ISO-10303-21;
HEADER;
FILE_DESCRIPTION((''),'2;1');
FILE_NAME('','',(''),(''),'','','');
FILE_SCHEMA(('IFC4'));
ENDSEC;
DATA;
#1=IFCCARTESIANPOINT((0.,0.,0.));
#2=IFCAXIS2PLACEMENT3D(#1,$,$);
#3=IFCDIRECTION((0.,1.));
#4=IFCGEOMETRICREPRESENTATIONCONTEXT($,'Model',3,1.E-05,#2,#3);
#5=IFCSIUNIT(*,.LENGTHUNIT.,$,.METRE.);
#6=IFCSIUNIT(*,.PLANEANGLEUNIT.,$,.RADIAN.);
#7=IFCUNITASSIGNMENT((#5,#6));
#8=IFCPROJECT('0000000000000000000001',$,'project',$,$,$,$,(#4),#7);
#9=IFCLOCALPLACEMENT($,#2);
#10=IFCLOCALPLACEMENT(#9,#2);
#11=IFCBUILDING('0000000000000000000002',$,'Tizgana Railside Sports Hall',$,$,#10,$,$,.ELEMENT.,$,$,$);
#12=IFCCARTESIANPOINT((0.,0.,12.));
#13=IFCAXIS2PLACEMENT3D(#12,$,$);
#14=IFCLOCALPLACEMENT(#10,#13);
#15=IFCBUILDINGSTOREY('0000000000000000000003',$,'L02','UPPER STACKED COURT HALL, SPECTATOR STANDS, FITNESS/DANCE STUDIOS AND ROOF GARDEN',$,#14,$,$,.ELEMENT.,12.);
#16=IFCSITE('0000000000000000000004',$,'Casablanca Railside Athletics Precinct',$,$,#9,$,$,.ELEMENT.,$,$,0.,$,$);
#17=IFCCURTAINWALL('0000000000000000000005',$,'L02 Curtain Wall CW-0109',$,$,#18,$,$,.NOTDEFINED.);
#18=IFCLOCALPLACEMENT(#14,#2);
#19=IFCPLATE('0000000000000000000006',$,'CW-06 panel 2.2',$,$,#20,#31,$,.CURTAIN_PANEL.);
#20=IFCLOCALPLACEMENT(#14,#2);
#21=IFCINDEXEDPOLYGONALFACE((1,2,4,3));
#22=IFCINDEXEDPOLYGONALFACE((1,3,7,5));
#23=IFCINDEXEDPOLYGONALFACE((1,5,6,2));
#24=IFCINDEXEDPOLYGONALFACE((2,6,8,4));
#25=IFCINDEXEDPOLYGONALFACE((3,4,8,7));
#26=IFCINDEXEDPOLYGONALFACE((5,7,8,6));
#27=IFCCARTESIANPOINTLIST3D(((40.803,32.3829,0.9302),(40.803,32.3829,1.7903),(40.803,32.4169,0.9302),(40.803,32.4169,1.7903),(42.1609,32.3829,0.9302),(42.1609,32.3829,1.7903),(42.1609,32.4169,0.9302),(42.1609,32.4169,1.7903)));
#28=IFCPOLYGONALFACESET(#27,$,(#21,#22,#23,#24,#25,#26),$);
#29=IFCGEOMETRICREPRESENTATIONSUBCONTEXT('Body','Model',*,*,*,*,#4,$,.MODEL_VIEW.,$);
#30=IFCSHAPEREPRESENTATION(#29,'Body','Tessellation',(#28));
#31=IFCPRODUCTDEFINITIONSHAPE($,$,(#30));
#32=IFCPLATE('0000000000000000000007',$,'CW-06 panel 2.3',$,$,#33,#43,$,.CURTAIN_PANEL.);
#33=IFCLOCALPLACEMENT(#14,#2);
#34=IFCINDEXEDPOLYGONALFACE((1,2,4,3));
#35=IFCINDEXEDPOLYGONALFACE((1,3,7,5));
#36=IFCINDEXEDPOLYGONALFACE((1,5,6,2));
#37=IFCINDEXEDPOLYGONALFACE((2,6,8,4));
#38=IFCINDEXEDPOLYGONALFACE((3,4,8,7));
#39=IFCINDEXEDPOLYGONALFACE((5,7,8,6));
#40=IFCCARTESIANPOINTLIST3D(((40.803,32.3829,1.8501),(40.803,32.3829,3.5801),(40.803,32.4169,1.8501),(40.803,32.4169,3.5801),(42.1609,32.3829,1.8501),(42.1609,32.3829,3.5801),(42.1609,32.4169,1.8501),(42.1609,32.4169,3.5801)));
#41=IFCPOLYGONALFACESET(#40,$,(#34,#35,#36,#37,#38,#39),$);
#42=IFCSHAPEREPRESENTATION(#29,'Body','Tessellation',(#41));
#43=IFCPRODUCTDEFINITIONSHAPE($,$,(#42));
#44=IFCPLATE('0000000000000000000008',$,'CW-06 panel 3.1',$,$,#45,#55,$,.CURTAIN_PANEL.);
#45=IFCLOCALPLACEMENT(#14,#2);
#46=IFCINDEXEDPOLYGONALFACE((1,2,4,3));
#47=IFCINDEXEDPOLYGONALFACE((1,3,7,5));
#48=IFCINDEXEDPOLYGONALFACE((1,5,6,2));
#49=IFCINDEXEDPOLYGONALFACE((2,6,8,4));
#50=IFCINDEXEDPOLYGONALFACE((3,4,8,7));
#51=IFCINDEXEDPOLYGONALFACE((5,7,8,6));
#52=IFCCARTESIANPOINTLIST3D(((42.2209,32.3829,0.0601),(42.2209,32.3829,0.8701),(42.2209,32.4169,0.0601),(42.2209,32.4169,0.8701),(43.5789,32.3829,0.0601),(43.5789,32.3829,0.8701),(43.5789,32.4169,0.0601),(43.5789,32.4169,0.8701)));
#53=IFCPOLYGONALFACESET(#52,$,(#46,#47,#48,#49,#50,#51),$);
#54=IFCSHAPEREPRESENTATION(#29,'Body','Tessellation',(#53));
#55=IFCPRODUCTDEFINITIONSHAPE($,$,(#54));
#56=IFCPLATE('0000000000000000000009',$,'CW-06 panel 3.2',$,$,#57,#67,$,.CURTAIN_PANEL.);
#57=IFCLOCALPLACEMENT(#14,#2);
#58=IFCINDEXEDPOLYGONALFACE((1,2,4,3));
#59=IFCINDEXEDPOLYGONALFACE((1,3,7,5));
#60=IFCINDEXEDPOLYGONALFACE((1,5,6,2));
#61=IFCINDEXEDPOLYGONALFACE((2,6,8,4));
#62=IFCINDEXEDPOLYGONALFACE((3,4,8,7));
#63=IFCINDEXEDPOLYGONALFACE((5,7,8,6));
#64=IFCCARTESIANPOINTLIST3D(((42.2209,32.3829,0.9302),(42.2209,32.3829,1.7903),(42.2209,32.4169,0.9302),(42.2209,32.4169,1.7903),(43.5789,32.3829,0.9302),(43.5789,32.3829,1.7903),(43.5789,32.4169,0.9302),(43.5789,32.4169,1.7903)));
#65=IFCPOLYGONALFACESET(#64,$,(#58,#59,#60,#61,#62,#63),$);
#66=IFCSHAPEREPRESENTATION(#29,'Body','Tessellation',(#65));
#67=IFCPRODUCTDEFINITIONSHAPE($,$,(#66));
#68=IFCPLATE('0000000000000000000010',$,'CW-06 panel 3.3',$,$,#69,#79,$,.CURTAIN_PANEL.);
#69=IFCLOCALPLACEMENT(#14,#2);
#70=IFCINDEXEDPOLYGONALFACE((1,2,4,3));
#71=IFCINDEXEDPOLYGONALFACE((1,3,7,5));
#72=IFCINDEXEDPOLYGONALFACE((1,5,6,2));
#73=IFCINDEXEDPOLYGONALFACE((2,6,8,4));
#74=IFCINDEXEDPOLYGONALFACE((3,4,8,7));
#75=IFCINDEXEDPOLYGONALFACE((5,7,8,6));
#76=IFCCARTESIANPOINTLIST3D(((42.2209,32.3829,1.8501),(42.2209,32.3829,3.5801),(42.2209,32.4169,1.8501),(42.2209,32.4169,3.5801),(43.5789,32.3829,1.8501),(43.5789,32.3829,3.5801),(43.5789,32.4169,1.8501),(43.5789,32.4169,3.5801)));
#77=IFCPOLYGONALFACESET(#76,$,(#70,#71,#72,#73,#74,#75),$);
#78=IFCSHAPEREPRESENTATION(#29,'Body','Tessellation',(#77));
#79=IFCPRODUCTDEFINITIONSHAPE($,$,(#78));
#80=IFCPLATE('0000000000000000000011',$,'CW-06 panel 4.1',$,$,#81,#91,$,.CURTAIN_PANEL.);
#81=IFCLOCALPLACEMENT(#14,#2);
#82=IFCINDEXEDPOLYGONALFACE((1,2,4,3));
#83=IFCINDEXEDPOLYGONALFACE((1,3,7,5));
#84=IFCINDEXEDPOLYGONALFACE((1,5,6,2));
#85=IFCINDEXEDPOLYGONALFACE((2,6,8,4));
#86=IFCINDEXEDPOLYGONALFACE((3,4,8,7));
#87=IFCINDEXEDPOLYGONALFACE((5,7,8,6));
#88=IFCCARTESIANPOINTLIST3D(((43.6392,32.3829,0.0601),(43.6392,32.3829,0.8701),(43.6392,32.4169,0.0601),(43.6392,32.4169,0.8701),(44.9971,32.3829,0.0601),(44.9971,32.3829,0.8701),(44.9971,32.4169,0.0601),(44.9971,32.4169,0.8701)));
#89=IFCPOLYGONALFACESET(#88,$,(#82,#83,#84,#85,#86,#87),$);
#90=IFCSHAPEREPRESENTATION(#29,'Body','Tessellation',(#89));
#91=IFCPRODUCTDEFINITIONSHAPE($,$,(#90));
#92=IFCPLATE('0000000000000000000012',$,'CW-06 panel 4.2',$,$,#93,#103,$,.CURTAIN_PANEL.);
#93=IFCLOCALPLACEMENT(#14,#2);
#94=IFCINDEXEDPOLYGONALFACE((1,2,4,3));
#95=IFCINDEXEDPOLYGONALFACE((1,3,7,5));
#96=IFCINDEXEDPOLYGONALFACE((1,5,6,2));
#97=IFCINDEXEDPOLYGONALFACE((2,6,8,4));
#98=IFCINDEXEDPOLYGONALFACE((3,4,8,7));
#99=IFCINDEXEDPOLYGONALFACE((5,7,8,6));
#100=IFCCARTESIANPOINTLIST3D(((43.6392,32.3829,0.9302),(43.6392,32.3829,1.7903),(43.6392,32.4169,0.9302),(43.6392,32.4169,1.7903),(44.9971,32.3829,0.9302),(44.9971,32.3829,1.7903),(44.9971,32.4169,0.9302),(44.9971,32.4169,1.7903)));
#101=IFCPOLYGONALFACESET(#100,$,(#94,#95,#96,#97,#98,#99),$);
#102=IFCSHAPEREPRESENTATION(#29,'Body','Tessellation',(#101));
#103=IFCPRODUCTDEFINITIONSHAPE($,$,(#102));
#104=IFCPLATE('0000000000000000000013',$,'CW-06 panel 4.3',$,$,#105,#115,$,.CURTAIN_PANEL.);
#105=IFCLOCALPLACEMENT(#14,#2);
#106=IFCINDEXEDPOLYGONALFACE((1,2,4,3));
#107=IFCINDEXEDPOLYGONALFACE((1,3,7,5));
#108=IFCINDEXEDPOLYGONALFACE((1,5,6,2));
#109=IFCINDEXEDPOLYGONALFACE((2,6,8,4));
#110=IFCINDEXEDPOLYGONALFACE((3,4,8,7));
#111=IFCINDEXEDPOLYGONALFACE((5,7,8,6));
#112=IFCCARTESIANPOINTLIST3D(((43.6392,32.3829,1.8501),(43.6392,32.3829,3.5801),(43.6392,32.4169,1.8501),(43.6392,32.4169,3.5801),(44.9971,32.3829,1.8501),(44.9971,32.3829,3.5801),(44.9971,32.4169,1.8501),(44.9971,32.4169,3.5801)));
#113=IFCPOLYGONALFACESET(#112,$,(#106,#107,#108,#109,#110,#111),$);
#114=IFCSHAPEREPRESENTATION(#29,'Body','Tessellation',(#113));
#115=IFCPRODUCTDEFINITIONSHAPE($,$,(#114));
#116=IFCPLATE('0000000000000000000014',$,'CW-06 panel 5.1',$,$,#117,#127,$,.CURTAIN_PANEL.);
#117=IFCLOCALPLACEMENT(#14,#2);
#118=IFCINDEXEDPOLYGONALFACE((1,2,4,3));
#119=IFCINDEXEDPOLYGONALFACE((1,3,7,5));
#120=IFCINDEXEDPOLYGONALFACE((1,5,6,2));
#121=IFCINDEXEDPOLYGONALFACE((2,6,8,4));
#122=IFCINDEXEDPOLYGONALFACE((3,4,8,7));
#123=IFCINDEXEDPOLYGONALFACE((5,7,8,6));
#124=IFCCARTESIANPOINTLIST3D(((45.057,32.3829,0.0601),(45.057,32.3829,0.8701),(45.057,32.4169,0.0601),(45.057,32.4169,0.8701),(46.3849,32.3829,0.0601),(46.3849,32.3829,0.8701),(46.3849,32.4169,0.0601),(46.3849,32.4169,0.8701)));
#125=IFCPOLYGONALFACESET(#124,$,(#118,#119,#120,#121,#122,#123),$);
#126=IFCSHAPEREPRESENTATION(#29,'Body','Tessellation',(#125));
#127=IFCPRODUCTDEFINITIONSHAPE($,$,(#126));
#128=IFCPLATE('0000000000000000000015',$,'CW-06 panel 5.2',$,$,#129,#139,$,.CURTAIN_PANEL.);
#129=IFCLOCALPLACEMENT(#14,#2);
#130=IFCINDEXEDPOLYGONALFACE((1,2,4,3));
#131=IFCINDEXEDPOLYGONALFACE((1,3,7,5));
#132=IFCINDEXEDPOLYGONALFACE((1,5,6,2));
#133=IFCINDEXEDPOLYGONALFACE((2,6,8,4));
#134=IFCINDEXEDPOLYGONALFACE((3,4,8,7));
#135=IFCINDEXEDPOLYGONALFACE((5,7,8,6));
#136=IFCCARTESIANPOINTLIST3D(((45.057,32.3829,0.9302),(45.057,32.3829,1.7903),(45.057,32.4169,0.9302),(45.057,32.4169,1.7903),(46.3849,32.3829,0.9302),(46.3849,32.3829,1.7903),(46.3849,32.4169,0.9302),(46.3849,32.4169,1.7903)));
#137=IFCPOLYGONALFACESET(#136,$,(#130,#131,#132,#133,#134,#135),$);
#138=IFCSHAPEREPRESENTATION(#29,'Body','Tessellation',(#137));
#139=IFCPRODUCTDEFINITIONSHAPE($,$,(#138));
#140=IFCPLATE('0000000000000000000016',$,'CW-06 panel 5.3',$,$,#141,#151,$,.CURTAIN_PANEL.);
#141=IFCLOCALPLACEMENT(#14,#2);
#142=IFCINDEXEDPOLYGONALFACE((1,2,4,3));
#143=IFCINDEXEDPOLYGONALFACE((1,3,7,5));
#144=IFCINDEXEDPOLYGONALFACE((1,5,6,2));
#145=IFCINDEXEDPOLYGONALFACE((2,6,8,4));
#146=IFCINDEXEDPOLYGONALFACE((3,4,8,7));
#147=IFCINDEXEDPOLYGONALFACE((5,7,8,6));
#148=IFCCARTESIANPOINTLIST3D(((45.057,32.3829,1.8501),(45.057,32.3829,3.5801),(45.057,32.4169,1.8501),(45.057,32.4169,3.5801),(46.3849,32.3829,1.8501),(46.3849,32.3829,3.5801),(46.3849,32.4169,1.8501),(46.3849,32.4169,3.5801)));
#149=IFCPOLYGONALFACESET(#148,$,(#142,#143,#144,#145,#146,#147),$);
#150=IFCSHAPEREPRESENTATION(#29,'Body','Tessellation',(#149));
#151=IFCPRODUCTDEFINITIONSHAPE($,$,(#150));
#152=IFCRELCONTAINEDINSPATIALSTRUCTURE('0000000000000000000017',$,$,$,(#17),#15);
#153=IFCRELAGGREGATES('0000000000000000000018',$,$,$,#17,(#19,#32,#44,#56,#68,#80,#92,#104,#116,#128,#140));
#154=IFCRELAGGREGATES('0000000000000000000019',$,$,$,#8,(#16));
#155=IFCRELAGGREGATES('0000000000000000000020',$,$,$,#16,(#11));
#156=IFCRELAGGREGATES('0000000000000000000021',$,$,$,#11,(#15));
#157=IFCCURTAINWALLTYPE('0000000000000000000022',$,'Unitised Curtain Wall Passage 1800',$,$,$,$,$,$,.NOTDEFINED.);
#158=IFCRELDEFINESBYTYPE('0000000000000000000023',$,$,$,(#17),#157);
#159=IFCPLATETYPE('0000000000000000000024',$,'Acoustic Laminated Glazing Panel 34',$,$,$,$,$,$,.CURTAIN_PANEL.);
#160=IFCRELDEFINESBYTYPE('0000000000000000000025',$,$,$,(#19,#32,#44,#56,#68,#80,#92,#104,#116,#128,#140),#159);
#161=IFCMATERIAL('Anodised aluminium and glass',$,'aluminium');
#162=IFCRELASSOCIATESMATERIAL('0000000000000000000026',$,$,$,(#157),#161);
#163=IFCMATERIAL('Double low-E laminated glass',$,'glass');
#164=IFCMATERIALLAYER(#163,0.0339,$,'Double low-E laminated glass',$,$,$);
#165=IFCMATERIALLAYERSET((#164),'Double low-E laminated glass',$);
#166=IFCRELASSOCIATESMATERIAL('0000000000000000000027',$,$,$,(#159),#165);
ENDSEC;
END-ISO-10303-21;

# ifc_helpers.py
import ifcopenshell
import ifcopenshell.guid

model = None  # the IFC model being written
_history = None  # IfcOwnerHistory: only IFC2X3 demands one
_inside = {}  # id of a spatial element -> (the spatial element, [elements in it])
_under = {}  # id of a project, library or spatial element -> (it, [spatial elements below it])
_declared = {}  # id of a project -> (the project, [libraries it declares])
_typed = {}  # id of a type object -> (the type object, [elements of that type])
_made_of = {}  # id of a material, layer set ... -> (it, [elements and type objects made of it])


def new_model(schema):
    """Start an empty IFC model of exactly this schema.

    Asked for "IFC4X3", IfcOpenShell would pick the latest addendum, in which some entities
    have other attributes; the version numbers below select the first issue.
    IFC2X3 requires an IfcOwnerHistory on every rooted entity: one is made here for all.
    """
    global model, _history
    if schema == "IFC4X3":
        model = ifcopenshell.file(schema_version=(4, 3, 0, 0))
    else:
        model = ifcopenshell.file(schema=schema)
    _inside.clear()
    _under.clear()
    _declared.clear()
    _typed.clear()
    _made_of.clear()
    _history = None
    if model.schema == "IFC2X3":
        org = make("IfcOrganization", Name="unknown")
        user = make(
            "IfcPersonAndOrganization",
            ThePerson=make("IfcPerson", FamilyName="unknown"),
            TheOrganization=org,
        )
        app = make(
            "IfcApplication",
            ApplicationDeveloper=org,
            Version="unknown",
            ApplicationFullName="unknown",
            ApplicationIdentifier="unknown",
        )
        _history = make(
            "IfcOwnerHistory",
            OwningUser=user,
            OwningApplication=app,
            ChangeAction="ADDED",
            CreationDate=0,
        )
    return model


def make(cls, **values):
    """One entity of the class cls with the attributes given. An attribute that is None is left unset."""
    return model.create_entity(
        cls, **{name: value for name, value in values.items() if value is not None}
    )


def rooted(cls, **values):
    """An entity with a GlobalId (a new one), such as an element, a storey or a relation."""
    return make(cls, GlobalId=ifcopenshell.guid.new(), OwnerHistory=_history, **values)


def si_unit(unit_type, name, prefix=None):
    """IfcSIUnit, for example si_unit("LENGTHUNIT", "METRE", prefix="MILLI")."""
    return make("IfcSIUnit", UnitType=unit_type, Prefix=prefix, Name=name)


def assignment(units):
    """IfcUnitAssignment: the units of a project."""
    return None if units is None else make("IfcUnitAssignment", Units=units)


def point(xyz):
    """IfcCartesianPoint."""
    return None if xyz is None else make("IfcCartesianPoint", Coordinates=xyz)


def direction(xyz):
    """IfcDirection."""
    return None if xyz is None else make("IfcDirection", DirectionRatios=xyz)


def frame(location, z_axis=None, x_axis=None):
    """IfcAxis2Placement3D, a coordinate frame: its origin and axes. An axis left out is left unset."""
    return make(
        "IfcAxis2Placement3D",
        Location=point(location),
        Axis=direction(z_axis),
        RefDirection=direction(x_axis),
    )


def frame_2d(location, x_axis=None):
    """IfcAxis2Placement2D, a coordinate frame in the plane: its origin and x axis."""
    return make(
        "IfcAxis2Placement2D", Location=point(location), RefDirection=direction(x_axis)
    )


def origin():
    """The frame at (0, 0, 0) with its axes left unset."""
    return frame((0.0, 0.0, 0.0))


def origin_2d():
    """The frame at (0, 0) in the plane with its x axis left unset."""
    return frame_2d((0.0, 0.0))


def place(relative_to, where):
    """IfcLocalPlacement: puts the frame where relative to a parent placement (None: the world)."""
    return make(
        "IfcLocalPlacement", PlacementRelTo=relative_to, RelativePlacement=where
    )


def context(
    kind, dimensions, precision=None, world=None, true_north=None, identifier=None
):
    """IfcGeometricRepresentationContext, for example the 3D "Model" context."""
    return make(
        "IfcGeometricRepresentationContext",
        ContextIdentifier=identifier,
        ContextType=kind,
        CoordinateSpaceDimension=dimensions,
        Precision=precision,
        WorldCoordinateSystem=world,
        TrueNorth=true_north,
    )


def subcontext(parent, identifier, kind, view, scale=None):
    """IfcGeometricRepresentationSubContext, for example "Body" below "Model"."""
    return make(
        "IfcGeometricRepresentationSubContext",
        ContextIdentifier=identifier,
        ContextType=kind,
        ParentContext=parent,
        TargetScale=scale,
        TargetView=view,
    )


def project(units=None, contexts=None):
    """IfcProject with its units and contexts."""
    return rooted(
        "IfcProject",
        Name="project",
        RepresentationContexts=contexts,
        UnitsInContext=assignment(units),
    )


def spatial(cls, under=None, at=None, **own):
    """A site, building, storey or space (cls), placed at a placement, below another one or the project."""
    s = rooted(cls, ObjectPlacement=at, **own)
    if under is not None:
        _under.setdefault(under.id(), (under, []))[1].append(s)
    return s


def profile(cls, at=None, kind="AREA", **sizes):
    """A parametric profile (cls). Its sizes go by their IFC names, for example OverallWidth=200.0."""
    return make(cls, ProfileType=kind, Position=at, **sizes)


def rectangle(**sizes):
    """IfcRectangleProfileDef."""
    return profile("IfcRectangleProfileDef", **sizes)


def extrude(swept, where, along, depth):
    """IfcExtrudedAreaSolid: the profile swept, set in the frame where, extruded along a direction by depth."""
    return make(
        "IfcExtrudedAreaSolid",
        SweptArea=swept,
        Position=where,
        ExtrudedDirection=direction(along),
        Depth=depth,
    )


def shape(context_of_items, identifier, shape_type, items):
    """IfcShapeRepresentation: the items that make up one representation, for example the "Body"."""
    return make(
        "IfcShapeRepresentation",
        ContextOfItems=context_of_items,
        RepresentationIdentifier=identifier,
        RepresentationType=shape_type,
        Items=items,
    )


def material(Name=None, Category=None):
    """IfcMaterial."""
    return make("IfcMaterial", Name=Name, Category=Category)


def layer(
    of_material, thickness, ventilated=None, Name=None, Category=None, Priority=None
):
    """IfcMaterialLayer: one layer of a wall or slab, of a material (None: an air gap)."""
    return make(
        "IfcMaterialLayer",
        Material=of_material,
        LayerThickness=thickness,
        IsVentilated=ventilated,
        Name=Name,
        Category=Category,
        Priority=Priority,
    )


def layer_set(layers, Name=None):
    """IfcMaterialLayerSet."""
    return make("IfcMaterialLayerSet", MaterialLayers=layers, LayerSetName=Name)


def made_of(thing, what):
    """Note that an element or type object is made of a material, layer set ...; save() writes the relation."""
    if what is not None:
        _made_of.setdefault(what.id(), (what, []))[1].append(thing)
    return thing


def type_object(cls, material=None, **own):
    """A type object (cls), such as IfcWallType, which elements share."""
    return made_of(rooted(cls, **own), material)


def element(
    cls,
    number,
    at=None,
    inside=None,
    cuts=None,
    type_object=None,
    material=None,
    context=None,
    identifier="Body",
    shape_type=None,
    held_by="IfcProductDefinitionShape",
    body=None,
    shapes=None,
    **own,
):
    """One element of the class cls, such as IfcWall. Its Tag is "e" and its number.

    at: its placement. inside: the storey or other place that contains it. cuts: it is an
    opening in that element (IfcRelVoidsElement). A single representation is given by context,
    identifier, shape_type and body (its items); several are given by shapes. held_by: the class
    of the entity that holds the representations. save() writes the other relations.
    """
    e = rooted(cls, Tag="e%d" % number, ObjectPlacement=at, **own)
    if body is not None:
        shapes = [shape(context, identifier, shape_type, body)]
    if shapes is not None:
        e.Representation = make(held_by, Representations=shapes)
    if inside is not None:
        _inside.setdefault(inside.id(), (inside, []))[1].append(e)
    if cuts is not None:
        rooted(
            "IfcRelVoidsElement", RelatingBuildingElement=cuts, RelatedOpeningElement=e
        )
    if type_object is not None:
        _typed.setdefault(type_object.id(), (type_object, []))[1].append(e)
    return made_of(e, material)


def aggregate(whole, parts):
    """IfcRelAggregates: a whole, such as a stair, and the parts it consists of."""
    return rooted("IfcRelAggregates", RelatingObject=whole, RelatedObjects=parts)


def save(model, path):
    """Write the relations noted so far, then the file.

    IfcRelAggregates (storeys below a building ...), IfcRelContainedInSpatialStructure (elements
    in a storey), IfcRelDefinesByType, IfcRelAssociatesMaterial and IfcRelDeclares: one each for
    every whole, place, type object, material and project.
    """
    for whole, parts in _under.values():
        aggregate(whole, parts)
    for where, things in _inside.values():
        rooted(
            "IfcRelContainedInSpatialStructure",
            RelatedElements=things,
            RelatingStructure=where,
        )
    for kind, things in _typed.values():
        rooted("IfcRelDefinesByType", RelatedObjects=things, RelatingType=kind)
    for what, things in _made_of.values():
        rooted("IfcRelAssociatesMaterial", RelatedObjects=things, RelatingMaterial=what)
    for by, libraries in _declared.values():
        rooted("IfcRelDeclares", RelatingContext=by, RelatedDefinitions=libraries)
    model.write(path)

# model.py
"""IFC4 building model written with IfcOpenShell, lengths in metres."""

from ifc_helpers import new_model, si_unit, direction, frame, origin, origin_2d, place, context, subcontext, project, spatial, rectangle, extrude, material, layer, layer_set, type_object, element, aggregate, save


model = new_model("IFC4")

# Units and contexts
model_context = context("Model", 3, precision=1e-05, world=origin(), true_north=direction((0.0, 1.0)))
body_context = subcontext(model_context, "Body", "Model", "MODEL_VIEW")
ifc_project = project(units=[si_unit("LENGTHUNIT", "METRE"), si_unit("PLANEANGLEUNIT", "RADIAN")], contexts=[model_context])

# Site, building, storey
site_placement = place(None, origin())
site = spatial("IfcSite", under=ifc_project, at=site_placement, Name="Casablanca Railside Athletics Precinct", CompositionType="ELEMENT", RefElevation=0.0)
building_placement = place(site_placement, origin())
building = spatial("IfcBuilding", under=site, at=building_placement, Name="Tizgana Railside Sports Hall", CompositionType="ELEMENT")
storey_placement = place(building_placement, frame((0.0, 0.0, 12.0)))
storey = spatial("IfcBuildingStorey", under=building, at=storey_placement, Name="L02", Description="UPPER STACKED COURT HALL, SPECTATOR STANDS, FITNESS/DANCE STUDIOS AND ROOF GARDEN", CompositionType="ELEMENT", Elevation=12.0)

# Curtain wall, plates
ifc_material_1 = material(Name="Anodised aluminium and glass", Category="aluminium")
curtain_wall_type = type_object("IfcCurtainWallType", Name="Unitised Curtain Wall Passage 1800", PredefinedType="NOTDEFINED", material=ifc_material_1)
curtain_wall_placement = place(storey_placement, origin())
curtain_wall = element("IfcCurtainWall", 1, at=curtain_wall_placement, inside=storey, type_object=curtain_wall_type, Name="L02 Curtain Wall CW-0109", PredefinedType="NOTDEFINED")
ifc_material_2 = material(Name="Double low-E laminated glass", Category="glass")
ifc_layer = layer(ifc_material_2, 0.0339, Name="Double low-E laminated glass")
ifc_layer_set = layer_set([ifc_layer], Name="Double low-E laminated glass")
plate_type = type_object("IfcPlateType", Name="Acoustic Laminated Glazing Panel 34", PredefinedType="CURTAIN_PANEL", material=ifc_layer_set)
plate_1_placement = place(storey_placement, frame((41.4819, 32.3999, 0.9302), z_axis=(0.0, 0.0, 1.0), x_axis=(1.0, 0.0, 0.0)))
plate_1 = element("IfcPlate", 2, at=plate_1_placement, type_object=plate_type, Name="CW-06 panel 2.2", PredefinedType="CURTAIN_PANEL", context=body_context, shape_type="SweptSolid", body=[
    extrude(rectangle(XDim=1.3579, YDim=0.0339, at=origin_2d()), origin(), (0.0, 0.0, 1.0), 0.8601),
])
plate_2_placement = place(storey_placement, frame((41.4819, 32.3999, 1.8501), z_axis=(0.0, 0.0, 1.0), x_axis=(1.0, 0.0, 0.0)))
plate_2 = element("IfcPlate", 3, at=plate_2_placement, type_object=plate_type, Name="CW-06 panel 2.3", PredefinedType="CURTAIN_PANEL", context=body_context, shape_type="SweptSolid", body=[
    extrude(rectangle(XDim=1.3579, YDim=0.0339, at=origin_2d()), origin(), (0.0, 0.0, 1.0), 1.73),
])
plate_3_placement = place(storey_placement, frame((42.8999, 32.3999, 0.0601), z_axis=(0.0, 0.0, 1.0), x_axis=(1.0, 0.0, 0.0)))
plate_3 = element("IfcPlate", 4, at=plate_3_placement, type_object=plate_type, Name="CW-06 panel 3.1", PredefinedType="CURTAIN_PANEL", context=body_context, shape_type="SweptSolid", body=[
    extrude(rectangle(XDim=1.3579, YDim=0.0339, at=origin_2d()), origin(), (0.0, 0.0, 1.0), 0.8101),
])
plate_4_placement = place(storey_placement, frame((42.8999, 32.3999, 0.9302), z_axis=(0.0, 0.0, 1.0), x_axis=(1.0, 0.0, 0.0)))
plate_4 = element("IfcPlate", 5, at=plate_4_placement, type_object=plate_type, Name="CW-06 panel 3.2", PredefinedType="CURTAIN_PANEL", context=body_context, shape_type="SweptSolid", body=[
    extrude(rectangle(XDim=1.3579, YDim=0.0339, at=origin_2d()), origin(), (0.0, 0.0, 1.0), 0.8601),
])
plate_5_placement = place(storey_placement, frame((42.8999, 32.3999, 1.8501), z_axis=(0.0, 0.0, 1.0), x_axis=(1.0, 0.0, 0.0)))
plate_5 = element("IfcPlate", 6, at=plate_5_placement, type_object=plate_type, Name="CW-06 panel 3.3", PredefinedType="CURTAIN_PANEL", context=body_context, shape_type="SweptSolid", body=[
    extrude(rectangle(XDim=1.3579, YDim=0.0339, at=origin_2d()), origin(), (0.0, 0.0, 1.0), 1.73),
])
plate_6_placement = place(storey_placement, frame((44.3181, 32.3999, 0.0601), z_axis=(0.0, 0.0, 1.0), x_axis=(1.0, 0.0, 0.0)))
plate_6 = element("IfcPlate", 7, at=plate_6_placement, type_object=plate_type, Name="CW-06 panel 4.1", PredefinedType="CURTAIN_PANEL", context=body_context, shape_type="SweptSolid", body=[
    extrude(rectangle(XDim=1.3579, YDim=0.0339, at=origin_2d()), origin(), (0.0, 0.0, 1.0), 0.8101),
])
plate_7_placement = place(storey_placement, frame((44.3181, 32.3999, 0.9302), z_axis=(0.0, 0.0, 1.0), x_axis=(1.0, 0.0, 0.0)))
plate_7 = element("IfcPlate", 8, at=plate_7_placement, type_object=plate_type, Name="CW-06 panel 4.2", PredefinedType="CURTAIN_PANEL", context=body_context, shape_type="SweptSolid", body=[
    extrude(rectangle(XDim=1.3579, YDim=0.0339, at=origin_2d()), origin(), (0.0, 0.0, 1.0), 0.8601),
])
plate_8_placement = place(storey_placement, frame((44.3181, 32.3999, 1.8501), z_axis=(0.0, 0.0, 1.0), x_axis=(1.0, 0.0, 0.0)))
plate_8 = element("IfcPlate", 9, at=plate_8_placement, type_object=plate_type, Name="CW-06 panel 4.3", PredefinedType="CURTAIN_PANEL", context=body_context, shape_type="SweptSolid", body=[
    extrude(rectangle(XDim=1.3579, YDim=0.0339, at=origin_2d()), origin(), (0.0, 0.0, 1.0), 1.73),
])
plate_9_placement = place(storey_placement, frame((45.7209, 32.3999, 0.0601), z_axis=(0.0, 0.0, 1.0), x_axis=(1.0, 0.0, 0.0)))
plate_9 = element("IfcPlate", 10, at=plate_9_placement, type_object=plate_type, Name="CW-06 panel 5.1", PredefinedType="CURTAIN_PANEL", context=body_context, shape_type="SweptSolid", body=[
    extrude(rectangle(XDim=1.3279, YDim=0.0339, at=origin_2d()), origin(), (0.0, 0.0, 1.0), 0.8101),
])
plate_10_placement = place(storey_placement, frame((45.7209, 32.3999, 0.9302), z_axis=(0.0, 0.0, 1.0), x_axis=(1.0, 0.0, 0.0)))
plate_10 = element("IfcPlate", 11, at=plate_10_placement, type_object=plate_type, Name="CW-06 panel 5.2", PredefinedType="CURTAIN_PANEL", context=body_context, shape_type="SweptSolid", body=[
    extrude(rectangle(XDim=1.3279, YDim=0.0339, at=origin_2d()), origin(), (0.0, 0.0, 1.0), 0.8601),
])
plate_11_placement = place(storey_placement, frame((45.7209, 32.3999, 1.8501), z_axis=(0.0, 0.0, 1.0), x_axis=(1.0, 0.0, 0.0)))
plate_11 = element("IfcPlate", 12, at=plate_11_placement, type_object=plate_type, Name="CW-06 panel 5.3", PredefinedType="CURTAIN_PANEL", context=body_context, shape_type="SweptSolid", body=[
    extrude(rectangle(XDim=1.3279, YDim=0.0339, at=origin_2d()), origin(), (0.0, 0.0, 1.0), 1.73),
])
aggregate(curtain_wall, [plate_1, plate_2, plate_3, plate_4, plate_5, plate_6, plate_7, plate_8, plate_9, plate_10, plate_11])

save(model, "model.ifc")
